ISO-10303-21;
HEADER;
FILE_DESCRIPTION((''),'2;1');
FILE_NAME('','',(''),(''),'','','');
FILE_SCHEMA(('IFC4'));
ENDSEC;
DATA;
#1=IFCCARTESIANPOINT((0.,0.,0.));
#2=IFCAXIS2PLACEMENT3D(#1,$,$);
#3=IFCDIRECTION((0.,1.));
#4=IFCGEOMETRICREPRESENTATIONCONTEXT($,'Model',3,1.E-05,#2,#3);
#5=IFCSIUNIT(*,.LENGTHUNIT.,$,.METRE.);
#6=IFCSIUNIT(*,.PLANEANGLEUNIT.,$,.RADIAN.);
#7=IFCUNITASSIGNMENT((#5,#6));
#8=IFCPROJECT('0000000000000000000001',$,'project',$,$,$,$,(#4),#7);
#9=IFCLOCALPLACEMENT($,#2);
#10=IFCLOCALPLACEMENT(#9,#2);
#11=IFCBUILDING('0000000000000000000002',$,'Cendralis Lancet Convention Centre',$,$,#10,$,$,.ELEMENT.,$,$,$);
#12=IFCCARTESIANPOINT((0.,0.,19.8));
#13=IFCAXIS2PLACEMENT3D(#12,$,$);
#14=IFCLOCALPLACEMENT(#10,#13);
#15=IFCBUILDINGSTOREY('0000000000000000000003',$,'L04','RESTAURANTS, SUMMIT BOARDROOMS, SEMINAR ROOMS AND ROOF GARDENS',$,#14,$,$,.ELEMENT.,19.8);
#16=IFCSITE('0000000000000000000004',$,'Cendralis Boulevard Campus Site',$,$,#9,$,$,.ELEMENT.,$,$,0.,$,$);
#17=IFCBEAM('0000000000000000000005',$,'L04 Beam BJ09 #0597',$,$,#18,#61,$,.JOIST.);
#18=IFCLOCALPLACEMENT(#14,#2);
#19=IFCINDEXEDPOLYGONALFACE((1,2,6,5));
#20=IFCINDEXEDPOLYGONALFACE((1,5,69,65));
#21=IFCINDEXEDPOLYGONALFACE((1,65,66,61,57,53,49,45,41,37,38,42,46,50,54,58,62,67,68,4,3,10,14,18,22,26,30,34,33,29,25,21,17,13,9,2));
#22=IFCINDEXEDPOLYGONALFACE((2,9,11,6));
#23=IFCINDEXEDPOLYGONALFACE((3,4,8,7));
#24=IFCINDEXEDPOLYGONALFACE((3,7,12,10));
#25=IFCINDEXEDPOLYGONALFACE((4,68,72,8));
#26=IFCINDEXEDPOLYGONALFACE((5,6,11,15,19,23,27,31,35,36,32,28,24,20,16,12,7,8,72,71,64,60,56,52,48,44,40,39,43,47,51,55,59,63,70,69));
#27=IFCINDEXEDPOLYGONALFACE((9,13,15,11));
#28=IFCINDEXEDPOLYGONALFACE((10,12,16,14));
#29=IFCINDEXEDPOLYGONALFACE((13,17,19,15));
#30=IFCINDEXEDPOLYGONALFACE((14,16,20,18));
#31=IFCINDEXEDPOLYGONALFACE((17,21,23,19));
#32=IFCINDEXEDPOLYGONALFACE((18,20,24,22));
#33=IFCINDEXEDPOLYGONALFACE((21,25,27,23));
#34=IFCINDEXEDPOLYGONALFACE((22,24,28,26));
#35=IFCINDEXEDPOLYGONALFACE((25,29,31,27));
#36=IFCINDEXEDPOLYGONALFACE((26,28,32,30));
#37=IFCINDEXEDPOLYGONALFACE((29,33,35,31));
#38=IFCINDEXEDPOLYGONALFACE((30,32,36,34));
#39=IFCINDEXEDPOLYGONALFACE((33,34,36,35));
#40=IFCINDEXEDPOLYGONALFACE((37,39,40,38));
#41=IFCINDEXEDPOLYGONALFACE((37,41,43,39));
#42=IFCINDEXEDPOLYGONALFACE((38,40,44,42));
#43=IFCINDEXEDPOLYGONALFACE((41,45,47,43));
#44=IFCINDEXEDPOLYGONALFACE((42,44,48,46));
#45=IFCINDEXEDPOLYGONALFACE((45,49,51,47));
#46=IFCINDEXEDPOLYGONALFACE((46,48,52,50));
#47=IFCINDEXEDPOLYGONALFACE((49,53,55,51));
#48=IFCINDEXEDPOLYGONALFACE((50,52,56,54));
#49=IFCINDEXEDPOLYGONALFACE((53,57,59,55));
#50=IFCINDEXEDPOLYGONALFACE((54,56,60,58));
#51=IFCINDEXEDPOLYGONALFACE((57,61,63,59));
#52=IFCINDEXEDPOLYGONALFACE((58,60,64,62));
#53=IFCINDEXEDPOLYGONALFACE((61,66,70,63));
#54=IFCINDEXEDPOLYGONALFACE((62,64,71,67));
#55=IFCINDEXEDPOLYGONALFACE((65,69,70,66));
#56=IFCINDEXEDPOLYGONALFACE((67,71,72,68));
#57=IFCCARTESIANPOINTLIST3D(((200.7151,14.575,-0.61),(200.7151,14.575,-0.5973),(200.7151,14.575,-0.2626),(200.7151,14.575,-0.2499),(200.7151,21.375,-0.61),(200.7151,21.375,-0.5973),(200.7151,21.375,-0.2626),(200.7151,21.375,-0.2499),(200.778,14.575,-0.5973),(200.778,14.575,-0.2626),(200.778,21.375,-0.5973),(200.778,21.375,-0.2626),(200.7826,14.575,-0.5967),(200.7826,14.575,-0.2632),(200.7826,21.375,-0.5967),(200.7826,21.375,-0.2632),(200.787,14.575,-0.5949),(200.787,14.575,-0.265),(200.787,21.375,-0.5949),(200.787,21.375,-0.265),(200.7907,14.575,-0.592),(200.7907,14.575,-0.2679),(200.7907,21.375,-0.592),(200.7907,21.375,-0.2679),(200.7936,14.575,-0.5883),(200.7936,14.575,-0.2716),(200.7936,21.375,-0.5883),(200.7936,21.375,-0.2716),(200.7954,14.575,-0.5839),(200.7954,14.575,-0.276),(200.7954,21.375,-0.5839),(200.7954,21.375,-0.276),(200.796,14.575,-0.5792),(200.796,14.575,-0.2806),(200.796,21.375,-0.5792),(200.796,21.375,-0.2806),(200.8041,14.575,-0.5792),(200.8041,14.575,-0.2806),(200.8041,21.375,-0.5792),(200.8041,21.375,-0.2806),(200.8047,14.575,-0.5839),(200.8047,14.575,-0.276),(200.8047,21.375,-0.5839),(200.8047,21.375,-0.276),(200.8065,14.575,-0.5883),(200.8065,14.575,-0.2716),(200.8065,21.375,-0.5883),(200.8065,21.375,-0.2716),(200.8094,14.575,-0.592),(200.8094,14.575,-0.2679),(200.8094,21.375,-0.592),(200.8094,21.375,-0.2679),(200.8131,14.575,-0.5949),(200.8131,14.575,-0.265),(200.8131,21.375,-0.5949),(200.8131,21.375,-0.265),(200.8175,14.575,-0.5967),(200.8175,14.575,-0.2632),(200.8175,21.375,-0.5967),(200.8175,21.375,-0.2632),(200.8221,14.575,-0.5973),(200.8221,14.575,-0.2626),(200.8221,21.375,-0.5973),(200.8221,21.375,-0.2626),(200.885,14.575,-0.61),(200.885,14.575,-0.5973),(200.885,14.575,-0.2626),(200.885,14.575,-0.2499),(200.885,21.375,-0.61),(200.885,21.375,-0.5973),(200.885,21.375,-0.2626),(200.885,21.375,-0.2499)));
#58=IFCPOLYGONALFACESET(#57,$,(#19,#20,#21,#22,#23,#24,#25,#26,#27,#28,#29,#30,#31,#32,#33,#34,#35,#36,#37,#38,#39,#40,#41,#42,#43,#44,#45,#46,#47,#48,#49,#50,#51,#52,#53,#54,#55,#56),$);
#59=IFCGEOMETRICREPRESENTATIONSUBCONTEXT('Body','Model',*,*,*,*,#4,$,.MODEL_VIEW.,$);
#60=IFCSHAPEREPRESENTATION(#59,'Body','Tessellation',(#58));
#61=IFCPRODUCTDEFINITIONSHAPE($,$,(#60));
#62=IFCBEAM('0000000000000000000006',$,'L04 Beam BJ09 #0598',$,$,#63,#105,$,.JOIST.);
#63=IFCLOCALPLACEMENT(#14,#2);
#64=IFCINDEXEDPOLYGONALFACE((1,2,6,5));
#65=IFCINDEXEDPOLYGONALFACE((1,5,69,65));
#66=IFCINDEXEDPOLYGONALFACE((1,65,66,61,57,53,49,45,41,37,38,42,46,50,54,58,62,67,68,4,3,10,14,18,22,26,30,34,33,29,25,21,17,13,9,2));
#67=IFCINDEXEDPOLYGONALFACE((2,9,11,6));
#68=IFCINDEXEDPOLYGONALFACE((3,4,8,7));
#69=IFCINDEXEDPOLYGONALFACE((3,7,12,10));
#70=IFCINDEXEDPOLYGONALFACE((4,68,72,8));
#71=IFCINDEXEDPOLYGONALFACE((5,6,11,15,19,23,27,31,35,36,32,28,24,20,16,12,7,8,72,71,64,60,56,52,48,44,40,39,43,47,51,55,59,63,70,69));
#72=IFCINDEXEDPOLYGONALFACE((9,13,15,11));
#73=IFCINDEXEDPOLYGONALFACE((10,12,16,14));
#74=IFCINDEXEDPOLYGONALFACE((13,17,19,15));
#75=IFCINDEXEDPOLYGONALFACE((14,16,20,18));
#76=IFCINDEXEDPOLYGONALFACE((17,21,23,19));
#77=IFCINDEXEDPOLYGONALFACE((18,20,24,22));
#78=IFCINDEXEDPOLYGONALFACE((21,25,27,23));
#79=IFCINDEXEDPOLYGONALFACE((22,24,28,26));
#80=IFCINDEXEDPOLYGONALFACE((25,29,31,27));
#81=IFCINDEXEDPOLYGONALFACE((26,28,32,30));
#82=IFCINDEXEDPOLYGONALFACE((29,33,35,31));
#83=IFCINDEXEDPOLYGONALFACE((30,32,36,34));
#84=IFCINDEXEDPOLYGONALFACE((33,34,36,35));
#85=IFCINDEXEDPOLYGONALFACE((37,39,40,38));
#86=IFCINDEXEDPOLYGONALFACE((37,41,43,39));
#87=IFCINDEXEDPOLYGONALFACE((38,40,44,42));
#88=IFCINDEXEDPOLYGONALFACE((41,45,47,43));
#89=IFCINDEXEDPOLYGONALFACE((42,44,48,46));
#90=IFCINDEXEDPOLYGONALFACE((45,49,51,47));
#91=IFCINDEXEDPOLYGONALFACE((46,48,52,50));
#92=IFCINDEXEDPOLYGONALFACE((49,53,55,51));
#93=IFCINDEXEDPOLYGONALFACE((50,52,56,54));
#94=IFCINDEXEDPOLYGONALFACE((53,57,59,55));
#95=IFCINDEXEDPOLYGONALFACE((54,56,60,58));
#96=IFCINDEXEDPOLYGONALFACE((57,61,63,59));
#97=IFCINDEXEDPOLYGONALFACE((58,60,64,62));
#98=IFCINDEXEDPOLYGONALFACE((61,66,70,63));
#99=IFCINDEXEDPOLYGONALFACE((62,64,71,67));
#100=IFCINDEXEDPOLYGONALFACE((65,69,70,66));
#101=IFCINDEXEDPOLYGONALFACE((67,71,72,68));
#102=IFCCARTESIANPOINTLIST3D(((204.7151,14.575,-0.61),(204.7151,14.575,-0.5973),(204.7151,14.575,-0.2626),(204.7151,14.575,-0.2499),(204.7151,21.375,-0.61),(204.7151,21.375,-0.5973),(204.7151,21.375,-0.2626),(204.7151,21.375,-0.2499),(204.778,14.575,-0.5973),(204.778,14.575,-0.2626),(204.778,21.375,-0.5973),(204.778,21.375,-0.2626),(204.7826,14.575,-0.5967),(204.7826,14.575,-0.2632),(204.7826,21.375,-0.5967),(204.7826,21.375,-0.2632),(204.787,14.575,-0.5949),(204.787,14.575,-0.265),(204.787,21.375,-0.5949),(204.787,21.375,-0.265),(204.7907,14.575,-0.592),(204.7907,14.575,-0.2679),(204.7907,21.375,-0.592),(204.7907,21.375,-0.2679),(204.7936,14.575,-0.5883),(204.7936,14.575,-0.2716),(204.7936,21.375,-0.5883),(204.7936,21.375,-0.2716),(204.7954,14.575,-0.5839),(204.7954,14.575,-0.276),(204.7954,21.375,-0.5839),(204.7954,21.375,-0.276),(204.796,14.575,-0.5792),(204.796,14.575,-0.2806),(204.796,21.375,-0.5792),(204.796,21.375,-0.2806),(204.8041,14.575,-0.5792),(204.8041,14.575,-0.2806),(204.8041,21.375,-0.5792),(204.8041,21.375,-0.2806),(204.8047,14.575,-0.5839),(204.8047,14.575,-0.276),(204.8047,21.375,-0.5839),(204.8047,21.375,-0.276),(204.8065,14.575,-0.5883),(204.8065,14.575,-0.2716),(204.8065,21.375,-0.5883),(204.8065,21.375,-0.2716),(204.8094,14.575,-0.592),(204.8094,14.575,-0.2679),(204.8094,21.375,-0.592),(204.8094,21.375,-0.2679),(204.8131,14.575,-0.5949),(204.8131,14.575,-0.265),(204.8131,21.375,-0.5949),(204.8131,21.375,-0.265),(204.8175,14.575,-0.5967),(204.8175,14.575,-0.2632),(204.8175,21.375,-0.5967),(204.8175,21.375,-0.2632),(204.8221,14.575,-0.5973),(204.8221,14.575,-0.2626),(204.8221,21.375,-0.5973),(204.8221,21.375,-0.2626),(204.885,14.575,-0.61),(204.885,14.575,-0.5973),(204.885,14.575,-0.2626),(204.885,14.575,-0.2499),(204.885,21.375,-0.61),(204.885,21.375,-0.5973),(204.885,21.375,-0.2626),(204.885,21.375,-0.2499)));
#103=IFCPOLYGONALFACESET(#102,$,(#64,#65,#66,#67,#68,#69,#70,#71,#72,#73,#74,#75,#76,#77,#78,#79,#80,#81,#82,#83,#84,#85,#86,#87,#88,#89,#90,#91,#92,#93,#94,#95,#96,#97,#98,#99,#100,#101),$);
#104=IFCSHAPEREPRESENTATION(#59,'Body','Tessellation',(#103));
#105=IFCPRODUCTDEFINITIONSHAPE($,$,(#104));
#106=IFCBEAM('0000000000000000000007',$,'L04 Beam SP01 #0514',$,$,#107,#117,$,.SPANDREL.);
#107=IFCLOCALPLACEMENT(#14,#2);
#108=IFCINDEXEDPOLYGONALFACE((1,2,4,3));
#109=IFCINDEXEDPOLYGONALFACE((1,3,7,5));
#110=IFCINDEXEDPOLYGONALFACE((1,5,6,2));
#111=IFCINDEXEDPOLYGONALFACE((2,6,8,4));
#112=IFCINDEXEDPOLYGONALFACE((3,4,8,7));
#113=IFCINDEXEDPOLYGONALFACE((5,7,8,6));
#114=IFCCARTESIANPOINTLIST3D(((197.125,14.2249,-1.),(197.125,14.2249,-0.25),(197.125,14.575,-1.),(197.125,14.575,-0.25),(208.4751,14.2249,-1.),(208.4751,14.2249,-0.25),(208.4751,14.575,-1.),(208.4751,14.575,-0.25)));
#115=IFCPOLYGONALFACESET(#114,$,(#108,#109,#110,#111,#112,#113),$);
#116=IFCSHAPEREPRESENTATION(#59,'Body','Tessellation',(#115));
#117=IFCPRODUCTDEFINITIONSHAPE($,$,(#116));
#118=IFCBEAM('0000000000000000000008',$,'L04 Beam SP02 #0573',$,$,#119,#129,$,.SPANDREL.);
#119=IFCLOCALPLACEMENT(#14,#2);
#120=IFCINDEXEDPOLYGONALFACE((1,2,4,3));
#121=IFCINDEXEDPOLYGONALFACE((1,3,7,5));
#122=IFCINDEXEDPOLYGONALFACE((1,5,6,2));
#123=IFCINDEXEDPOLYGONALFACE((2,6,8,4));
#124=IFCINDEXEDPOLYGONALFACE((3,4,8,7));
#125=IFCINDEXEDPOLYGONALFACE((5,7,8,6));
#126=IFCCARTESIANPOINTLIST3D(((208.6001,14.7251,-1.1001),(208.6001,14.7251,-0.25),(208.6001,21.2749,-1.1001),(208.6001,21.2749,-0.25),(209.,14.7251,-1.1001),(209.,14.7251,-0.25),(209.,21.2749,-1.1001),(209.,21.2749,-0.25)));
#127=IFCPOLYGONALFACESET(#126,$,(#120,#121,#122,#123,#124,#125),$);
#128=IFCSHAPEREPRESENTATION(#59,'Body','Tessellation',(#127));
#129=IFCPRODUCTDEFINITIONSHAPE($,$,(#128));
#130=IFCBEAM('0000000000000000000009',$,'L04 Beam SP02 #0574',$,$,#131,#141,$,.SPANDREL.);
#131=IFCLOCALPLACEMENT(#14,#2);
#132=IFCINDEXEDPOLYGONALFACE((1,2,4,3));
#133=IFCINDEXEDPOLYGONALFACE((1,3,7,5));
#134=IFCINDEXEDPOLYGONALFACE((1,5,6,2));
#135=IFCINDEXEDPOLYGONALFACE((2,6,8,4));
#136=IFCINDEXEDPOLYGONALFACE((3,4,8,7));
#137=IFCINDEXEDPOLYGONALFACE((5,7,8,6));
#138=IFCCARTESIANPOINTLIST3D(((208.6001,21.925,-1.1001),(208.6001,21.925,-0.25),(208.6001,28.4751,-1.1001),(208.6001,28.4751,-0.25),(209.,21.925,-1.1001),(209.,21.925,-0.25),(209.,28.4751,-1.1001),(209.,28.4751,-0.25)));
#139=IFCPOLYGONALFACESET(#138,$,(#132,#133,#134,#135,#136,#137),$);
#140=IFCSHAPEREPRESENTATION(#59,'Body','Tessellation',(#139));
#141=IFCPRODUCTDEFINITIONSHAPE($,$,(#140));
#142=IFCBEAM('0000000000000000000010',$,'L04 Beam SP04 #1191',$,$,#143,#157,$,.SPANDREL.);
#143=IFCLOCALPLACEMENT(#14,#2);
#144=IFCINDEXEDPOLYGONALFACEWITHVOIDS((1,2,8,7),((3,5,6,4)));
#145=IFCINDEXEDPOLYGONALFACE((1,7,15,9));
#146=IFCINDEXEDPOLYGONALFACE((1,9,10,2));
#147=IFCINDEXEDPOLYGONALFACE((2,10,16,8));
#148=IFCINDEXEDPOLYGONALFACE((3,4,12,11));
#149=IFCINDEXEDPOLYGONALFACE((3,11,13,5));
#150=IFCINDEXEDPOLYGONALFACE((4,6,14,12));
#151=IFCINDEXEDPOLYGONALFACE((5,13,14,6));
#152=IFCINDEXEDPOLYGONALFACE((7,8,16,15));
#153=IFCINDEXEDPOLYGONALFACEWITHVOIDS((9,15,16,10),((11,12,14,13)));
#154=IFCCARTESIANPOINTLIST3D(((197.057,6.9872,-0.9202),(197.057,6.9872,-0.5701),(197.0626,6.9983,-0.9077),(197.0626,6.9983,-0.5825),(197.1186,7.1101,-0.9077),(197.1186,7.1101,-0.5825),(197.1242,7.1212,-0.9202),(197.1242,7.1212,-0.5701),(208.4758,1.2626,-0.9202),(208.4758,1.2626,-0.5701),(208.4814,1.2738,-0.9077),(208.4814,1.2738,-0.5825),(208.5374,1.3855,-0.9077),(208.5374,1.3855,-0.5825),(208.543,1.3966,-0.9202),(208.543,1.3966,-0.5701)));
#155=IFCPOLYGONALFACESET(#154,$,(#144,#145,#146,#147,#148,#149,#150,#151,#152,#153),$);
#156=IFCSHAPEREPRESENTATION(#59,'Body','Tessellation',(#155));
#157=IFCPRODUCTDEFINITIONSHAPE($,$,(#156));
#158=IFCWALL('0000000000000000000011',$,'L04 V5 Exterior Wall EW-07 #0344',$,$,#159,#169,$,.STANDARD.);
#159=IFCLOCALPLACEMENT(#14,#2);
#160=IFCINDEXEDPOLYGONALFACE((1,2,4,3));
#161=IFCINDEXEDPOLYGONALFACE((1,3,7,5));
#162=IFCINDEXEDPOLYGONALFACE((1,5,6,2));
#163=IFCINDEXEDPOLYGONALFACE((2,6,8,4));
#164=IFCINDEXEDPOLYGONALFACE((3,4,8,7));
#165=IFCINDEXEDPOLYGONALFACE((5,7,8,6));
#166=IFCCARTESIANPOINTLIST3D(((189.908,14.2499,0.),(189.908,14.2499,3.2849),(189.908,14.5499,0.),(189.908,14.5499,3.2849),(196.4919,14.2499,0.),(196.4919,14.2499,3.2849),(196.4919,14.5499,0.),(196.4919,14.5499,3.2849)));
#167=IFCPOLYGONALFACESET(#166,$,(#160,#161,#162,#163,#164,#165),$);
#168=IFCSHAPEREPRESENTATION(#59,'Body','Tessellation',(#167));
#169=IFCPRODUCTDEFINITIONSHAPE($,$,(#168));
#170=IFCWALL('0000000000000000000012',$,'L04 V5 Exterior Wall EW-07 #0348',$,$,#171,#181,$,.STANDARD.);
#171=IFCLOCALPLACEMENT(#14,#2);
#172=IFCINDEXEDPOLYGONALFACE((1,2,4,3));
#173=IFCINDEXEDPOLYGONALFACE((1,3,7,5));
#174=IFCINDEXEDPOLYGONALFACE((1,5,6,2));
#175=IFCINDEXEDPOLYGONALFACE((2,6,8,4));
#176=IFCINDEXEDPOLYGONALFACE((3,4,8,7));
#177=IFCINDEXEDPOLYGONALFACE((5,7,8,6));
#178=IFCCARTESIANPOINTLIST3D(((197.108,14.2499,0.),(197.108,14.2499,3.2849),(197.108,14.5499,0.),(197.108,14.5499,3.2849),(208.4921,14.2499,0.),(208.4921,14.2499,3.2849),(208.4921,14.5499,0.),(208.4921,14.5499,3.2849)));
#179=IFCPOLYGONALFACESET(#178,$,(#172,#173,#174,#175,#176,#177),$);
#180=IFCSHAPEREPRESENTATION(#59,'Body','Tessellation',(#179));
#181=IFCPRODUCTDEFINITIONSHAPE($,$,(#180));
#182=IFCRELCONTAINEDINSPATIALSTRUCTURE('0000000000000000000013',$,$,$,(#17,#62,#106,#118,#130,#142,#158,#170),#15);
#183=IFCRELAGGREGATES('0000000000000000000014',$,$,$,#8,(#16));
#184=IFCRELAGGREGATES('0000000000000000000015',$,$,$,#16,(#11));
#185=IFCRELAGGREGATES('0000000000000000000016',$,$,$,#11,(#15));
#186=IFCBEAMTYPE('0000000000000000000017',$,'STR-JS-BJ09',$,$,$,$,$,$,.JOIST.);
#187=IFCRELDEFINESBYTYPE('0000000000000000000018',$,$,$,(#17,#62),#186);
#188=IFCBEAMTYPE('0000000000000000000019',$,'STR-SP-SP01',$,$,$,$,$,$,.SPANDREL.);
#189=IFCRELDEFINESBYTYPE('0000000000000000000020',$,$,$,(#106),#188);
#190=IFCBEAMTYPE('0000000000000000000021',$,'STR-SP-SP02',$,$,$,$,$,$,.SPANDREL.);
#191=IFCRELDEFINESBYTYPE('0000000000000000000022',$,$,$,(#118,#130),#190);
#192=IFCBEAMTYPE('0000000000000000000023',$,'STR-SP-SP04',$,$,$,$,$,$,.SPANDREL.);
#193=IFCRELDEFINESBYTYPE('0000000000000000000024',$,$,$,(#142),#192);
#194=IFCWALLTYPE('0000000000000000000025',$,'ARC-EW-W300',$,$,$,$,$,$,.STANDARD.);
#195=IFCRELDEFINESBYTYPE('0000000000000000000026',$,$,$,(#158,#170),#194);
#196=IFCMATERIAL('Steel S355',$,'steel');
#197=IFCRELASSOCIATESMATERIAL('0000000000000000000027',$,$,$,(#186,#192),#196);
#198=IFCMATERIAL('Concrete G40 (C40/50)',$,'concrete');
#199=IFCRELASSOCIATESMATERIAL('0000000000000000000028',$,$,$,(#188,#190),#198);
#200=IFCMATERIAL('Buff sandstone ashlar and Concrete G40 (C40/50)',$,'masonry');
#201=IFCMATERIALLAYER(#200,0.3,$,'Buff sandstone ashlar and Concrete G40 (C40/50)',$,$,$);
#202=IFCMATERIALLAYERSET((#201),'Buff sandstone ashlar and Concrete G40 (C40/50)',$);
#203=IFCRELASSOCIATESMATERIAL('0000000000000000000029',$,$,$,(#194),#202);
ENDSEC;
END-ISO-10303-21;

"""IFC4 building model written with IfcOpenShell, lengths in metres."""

from ifc_helpers import new_model, si_unit, direction, frame, frame_2d, origin, origin_2d, place, context, subcontext, project, spatial, rectangle, hollow_rectangle, i_section, extrude, material, layer, layer_set, material_profile, profile_set, type_object, element, save


model = new_model("IFC4")

# Units and contexts
model_context = context("Model", 3, precision=1e-05, world=origin(), true_north=direction((0.0, 1.0)))
body_context = subcontext(model_context, "Body", "Model", "MODEL_VIEW")
ifc_project = project(units=[si_unit("LENGTHUNIT", "METRE"), si_unit("PLANEANGLEUNIT", "RADIAN")], contexts=[model_context])

# Site, building, storey
site_placement = place(None, origin())
site = spatial("IfcSite", under=ifc_project, at=site_placement, Name="Cendralis Boulevard Campus Site", CompositionType="ELEMENT", RefElevation=0.0)
building_placement = place(site_placement, origin())
building = spatial("IfcBuilding", under=site, at=building_placement, Name="Cendralis Lancet Convention Centre", CompositionType="ELEMENT")
storey_placement = place(building_placement, frame((0.0, 0.0, 19.8)))
storey = spatial("IfcBuildingStorey", under=building, at=storey_placement, Name="L04", Description="RESTAURANTS, SUMMIT BOARDROOMS, SEMINAR ROOMS AND ROOF GARDENS", CompositionType="ELEMENT", Elevation=19.8)

# Shared definitions
ifc_material_1 = material(Name="Concrete G40 (C40/50)", Category="concrete")

# Beams
ifc_material_2 = material(Name="Steel S355", Category="steel")
ifc_material_profile_1 = material_profile(ifc_material_2, i_section(OverallWidth=0.1699, OverallDepth=0.3601, WebThickness=0.0081, FlangeThickness=0.0127, FilletRadius=0.0181, at=origin_2d()), Name="IPE 360")
ifc_profile_set_1 = profile_set([ifc_material_profile_1], Name="Steel S355")
beam_type_1 = type_object("IfcBeamType", Name="STR-JS-BJ09", PredefinedType="JOIST", material=ifc_profile_set_1)
for number, where, z_axis, x_axis, name in (
    (1, (200.8, 14.575, -0.4299), (0.0, 1.0, 0.0), (-1.0, 0.0, 0.0), "L04 Beam BJ09 #0597"),
    (2, (204.8, 14.575, -0.4299), (0.0, 1.0, 0.0), (-1.0, 0.0, 0.0), "L04 Beam BJ09 #0598"),
):
    element("IfcBeam", number, at=place(storey_placement, frame(where, z_axis=z_axis, x_axis=x_axis)), inside=storey, type_object=beam_type_1, Name=name, PredefinedType="JOIST", context=body_context, shape_type="SweptSolid", body=[
        extrude(i_section(OverallWidth=0.1699, OverallDepth=0.3601, WebThickness=0.0081, FlangeThickness=0.0127, FilletRadius=0.0181, at=origin_2d()), origin(), (0.0, 0.0, 1.0), 6.8),
    ])
ifc_material_profile_2 = material_profile(ifc_material_1, rectangle(XDim=0.3501, YDim=0.75, at=origin_2d()), Name="RCB 350x750")
ifc_profile_set_2 = profile_set([ifc_material_profile_2], Name="Concrete G40 (C40/50)")
beam_type_2 = type_object("IfcBeamType", Name="STR-SP-SP01", PredefinedType="SPANDREL", material=ifc_profile_set_2)
beam_1_placement = place(storey_placement, frame((197.125, 14.3999, -0.625), z_axis=(1.0, 0.0, 0.0), x_axis=(0.0, 1.0, 0.0)))
element("IfcBeam", 3, at=beam_1_placement, inside=storey, type_object=beam_type_2, Name="L04 Beam SP01 #0514", PredefinedType="SPANDREL", context=body_context, shape_type="SweptSolid", body=[
    extrude(rectangle(XDim=0.3501, YDim=0.75, at=origin_2d()), origin(), (0.0, 0.0, 1.0), 11.3501),
])
ifc_material_profile_3 = material_profile(ifc_material_1, rectangle(XDim=0.3999, YDim=0.8501, at=origin_2d()), Name="RCB 400x850")
ifc_profile_set_3 = profile_set([ifc_material_profile_3], Name="Concrete G40 (C40/50)")
beam_type_3 = type_object("IfcBeamType", Name="STR-SP-SP02", PredefinedType="SPANDREL", material=ifc_profile_set_3)
beam_2_placement = place(storey_placement, frame((208.8, 14.7251, -0.675), z_axis=(0.0, 1.0, 0.0), x_axis=(-1.0, 0.0, 0.0)))
element("IfcBeam", 4, at=beam_2_placement, inside=storey, type_object=beam_type_3, Name="L04 Beam SP02 #0573", PredefinedType="SPANDREL", context=body_context, shape_type="SweptSolid", body=[
    extrude(rectangle(XDim=0.3999, YDim=0.8501, at=origin_2d()), origin(), (0.0, 0.0, 1.0), 6.5498),
])
beam_3_placement = place(storey_placement, frame((208.8, 21.925, -0.675), z_axis=(0.0, 1.0, 0.0), x_axis=(-1.0, 0.0, 0.0)))
element("IfcBeam", 5, at=beam_3_placement, inside=storey, type_object=beam_type_3, Name="L04 Beam SP02 #0574", PredefinedType="SPANDREL", context=body_context, shape_type="SweptSolid", body=[
    extrude(rectangle(XDim=0.3999, YDim=0.8501, at=origin_2d()), origin(), (0.0, 0.0, 1.0), 6.55),
])
ifc_material_profile_4 = material_profile(ifc_material_2, hollow_rectangle(XDim=0.1499, YDim=0.3501, WallThickness=0.0125, at=origin_2d()), Name="RHS 350x150x12.5")
ifc_profile_set_4 = profile_set([ifc_material_profile_4], Name="Steel S355")
beam_type_4 = type_object("IfcBeamType", Name="STR-SP-SP04", PredefinedType="SPANDREL", material=ifc_profile_set_4)
beam_4_placement = place(storey_placement, frame((197.0906, 7.0542, -0.7451), z_axis=(0.893953, -0.448161, 0.0), x_axis=(0.448161, 0.893953, 0.0)))
element("IfcBeam", 6, at=beam_4_placement, inside=storey, type_object=beam_type_4, Name="L04 Beam SP04 #1191", PredefinedType="SPANDREL", context=body_context, shape_type="SweptSolid", body=[
    extrude(hollow_rectangle(XDim=0.1499, YDim=0.3501, WallThickness=0.0125, at=origin_2d()), origin(), (0.0, 0.0, 1.0), 12.7734),
])

# Walls
ifc_material_3 = material(Name="Buff sandstone ashlar and Concrete G40 (C40/50)", Category="masonry")
ifc_layer_1 = layer(ifc_material_3, 0.3, Name="Buff sandstone ashlar and Concrete G40 (C40/50)")
ifc_layer_set_1 = layer_set([ifc_layer_1], Name="Buff sandstone ashlar and Concrete G40 (C40/50)")
wall_type_1 = type_object("IfcWallType", Name="ARC-EW-W300", PredefinedType="STANDARD", material=ifc_layer_set_1)
wall_1_placement = place(storey_placement, frame((196.4919, 14.3999, 0.0), z_axis=(0.0, 0.0, 1.0), x_axis=(-1.0, 0.0, 0.0)))
element("IfcWall", 7, at=wall_1_placement, inside=storey, type_object=wall_type_1, Name="L04 V5 Exterior Wall EW-07 #0344", PredefinedType="STANDARD", context=body_context, shape_type="SweptSolid", body=[
    extrude(rectangle(XDim=6.584, YDim=0.3, at=frame_2d((3.292, 0.0))), origin(), (0.0, 0.0, 1.0), 3.2849),
])
wall_2_placement = place(storey_placement, frame((208.4919, 14.3999, 0.0), z_axis=(0.0, 0.0, 1.0), x_axis=(-1.0, 0.0, 0.0)))
element("IfcWall", 8, at=wall_2_placement, inside=storey, type_object=wall_type_1, Name="L04 V5 Exterior Wall EW-07 #0348", PredefinedType="STANDARD", context=body_context, shape_type="SweptSolid", body=[
    extrude(rectangle(XDim=11.384, YDim=0.3, at=frame_2d((5.6919, 0.0))), origin(), (0.0, 0.0, 1.0), 3.2849),
])

save(model, "model.ifc")
